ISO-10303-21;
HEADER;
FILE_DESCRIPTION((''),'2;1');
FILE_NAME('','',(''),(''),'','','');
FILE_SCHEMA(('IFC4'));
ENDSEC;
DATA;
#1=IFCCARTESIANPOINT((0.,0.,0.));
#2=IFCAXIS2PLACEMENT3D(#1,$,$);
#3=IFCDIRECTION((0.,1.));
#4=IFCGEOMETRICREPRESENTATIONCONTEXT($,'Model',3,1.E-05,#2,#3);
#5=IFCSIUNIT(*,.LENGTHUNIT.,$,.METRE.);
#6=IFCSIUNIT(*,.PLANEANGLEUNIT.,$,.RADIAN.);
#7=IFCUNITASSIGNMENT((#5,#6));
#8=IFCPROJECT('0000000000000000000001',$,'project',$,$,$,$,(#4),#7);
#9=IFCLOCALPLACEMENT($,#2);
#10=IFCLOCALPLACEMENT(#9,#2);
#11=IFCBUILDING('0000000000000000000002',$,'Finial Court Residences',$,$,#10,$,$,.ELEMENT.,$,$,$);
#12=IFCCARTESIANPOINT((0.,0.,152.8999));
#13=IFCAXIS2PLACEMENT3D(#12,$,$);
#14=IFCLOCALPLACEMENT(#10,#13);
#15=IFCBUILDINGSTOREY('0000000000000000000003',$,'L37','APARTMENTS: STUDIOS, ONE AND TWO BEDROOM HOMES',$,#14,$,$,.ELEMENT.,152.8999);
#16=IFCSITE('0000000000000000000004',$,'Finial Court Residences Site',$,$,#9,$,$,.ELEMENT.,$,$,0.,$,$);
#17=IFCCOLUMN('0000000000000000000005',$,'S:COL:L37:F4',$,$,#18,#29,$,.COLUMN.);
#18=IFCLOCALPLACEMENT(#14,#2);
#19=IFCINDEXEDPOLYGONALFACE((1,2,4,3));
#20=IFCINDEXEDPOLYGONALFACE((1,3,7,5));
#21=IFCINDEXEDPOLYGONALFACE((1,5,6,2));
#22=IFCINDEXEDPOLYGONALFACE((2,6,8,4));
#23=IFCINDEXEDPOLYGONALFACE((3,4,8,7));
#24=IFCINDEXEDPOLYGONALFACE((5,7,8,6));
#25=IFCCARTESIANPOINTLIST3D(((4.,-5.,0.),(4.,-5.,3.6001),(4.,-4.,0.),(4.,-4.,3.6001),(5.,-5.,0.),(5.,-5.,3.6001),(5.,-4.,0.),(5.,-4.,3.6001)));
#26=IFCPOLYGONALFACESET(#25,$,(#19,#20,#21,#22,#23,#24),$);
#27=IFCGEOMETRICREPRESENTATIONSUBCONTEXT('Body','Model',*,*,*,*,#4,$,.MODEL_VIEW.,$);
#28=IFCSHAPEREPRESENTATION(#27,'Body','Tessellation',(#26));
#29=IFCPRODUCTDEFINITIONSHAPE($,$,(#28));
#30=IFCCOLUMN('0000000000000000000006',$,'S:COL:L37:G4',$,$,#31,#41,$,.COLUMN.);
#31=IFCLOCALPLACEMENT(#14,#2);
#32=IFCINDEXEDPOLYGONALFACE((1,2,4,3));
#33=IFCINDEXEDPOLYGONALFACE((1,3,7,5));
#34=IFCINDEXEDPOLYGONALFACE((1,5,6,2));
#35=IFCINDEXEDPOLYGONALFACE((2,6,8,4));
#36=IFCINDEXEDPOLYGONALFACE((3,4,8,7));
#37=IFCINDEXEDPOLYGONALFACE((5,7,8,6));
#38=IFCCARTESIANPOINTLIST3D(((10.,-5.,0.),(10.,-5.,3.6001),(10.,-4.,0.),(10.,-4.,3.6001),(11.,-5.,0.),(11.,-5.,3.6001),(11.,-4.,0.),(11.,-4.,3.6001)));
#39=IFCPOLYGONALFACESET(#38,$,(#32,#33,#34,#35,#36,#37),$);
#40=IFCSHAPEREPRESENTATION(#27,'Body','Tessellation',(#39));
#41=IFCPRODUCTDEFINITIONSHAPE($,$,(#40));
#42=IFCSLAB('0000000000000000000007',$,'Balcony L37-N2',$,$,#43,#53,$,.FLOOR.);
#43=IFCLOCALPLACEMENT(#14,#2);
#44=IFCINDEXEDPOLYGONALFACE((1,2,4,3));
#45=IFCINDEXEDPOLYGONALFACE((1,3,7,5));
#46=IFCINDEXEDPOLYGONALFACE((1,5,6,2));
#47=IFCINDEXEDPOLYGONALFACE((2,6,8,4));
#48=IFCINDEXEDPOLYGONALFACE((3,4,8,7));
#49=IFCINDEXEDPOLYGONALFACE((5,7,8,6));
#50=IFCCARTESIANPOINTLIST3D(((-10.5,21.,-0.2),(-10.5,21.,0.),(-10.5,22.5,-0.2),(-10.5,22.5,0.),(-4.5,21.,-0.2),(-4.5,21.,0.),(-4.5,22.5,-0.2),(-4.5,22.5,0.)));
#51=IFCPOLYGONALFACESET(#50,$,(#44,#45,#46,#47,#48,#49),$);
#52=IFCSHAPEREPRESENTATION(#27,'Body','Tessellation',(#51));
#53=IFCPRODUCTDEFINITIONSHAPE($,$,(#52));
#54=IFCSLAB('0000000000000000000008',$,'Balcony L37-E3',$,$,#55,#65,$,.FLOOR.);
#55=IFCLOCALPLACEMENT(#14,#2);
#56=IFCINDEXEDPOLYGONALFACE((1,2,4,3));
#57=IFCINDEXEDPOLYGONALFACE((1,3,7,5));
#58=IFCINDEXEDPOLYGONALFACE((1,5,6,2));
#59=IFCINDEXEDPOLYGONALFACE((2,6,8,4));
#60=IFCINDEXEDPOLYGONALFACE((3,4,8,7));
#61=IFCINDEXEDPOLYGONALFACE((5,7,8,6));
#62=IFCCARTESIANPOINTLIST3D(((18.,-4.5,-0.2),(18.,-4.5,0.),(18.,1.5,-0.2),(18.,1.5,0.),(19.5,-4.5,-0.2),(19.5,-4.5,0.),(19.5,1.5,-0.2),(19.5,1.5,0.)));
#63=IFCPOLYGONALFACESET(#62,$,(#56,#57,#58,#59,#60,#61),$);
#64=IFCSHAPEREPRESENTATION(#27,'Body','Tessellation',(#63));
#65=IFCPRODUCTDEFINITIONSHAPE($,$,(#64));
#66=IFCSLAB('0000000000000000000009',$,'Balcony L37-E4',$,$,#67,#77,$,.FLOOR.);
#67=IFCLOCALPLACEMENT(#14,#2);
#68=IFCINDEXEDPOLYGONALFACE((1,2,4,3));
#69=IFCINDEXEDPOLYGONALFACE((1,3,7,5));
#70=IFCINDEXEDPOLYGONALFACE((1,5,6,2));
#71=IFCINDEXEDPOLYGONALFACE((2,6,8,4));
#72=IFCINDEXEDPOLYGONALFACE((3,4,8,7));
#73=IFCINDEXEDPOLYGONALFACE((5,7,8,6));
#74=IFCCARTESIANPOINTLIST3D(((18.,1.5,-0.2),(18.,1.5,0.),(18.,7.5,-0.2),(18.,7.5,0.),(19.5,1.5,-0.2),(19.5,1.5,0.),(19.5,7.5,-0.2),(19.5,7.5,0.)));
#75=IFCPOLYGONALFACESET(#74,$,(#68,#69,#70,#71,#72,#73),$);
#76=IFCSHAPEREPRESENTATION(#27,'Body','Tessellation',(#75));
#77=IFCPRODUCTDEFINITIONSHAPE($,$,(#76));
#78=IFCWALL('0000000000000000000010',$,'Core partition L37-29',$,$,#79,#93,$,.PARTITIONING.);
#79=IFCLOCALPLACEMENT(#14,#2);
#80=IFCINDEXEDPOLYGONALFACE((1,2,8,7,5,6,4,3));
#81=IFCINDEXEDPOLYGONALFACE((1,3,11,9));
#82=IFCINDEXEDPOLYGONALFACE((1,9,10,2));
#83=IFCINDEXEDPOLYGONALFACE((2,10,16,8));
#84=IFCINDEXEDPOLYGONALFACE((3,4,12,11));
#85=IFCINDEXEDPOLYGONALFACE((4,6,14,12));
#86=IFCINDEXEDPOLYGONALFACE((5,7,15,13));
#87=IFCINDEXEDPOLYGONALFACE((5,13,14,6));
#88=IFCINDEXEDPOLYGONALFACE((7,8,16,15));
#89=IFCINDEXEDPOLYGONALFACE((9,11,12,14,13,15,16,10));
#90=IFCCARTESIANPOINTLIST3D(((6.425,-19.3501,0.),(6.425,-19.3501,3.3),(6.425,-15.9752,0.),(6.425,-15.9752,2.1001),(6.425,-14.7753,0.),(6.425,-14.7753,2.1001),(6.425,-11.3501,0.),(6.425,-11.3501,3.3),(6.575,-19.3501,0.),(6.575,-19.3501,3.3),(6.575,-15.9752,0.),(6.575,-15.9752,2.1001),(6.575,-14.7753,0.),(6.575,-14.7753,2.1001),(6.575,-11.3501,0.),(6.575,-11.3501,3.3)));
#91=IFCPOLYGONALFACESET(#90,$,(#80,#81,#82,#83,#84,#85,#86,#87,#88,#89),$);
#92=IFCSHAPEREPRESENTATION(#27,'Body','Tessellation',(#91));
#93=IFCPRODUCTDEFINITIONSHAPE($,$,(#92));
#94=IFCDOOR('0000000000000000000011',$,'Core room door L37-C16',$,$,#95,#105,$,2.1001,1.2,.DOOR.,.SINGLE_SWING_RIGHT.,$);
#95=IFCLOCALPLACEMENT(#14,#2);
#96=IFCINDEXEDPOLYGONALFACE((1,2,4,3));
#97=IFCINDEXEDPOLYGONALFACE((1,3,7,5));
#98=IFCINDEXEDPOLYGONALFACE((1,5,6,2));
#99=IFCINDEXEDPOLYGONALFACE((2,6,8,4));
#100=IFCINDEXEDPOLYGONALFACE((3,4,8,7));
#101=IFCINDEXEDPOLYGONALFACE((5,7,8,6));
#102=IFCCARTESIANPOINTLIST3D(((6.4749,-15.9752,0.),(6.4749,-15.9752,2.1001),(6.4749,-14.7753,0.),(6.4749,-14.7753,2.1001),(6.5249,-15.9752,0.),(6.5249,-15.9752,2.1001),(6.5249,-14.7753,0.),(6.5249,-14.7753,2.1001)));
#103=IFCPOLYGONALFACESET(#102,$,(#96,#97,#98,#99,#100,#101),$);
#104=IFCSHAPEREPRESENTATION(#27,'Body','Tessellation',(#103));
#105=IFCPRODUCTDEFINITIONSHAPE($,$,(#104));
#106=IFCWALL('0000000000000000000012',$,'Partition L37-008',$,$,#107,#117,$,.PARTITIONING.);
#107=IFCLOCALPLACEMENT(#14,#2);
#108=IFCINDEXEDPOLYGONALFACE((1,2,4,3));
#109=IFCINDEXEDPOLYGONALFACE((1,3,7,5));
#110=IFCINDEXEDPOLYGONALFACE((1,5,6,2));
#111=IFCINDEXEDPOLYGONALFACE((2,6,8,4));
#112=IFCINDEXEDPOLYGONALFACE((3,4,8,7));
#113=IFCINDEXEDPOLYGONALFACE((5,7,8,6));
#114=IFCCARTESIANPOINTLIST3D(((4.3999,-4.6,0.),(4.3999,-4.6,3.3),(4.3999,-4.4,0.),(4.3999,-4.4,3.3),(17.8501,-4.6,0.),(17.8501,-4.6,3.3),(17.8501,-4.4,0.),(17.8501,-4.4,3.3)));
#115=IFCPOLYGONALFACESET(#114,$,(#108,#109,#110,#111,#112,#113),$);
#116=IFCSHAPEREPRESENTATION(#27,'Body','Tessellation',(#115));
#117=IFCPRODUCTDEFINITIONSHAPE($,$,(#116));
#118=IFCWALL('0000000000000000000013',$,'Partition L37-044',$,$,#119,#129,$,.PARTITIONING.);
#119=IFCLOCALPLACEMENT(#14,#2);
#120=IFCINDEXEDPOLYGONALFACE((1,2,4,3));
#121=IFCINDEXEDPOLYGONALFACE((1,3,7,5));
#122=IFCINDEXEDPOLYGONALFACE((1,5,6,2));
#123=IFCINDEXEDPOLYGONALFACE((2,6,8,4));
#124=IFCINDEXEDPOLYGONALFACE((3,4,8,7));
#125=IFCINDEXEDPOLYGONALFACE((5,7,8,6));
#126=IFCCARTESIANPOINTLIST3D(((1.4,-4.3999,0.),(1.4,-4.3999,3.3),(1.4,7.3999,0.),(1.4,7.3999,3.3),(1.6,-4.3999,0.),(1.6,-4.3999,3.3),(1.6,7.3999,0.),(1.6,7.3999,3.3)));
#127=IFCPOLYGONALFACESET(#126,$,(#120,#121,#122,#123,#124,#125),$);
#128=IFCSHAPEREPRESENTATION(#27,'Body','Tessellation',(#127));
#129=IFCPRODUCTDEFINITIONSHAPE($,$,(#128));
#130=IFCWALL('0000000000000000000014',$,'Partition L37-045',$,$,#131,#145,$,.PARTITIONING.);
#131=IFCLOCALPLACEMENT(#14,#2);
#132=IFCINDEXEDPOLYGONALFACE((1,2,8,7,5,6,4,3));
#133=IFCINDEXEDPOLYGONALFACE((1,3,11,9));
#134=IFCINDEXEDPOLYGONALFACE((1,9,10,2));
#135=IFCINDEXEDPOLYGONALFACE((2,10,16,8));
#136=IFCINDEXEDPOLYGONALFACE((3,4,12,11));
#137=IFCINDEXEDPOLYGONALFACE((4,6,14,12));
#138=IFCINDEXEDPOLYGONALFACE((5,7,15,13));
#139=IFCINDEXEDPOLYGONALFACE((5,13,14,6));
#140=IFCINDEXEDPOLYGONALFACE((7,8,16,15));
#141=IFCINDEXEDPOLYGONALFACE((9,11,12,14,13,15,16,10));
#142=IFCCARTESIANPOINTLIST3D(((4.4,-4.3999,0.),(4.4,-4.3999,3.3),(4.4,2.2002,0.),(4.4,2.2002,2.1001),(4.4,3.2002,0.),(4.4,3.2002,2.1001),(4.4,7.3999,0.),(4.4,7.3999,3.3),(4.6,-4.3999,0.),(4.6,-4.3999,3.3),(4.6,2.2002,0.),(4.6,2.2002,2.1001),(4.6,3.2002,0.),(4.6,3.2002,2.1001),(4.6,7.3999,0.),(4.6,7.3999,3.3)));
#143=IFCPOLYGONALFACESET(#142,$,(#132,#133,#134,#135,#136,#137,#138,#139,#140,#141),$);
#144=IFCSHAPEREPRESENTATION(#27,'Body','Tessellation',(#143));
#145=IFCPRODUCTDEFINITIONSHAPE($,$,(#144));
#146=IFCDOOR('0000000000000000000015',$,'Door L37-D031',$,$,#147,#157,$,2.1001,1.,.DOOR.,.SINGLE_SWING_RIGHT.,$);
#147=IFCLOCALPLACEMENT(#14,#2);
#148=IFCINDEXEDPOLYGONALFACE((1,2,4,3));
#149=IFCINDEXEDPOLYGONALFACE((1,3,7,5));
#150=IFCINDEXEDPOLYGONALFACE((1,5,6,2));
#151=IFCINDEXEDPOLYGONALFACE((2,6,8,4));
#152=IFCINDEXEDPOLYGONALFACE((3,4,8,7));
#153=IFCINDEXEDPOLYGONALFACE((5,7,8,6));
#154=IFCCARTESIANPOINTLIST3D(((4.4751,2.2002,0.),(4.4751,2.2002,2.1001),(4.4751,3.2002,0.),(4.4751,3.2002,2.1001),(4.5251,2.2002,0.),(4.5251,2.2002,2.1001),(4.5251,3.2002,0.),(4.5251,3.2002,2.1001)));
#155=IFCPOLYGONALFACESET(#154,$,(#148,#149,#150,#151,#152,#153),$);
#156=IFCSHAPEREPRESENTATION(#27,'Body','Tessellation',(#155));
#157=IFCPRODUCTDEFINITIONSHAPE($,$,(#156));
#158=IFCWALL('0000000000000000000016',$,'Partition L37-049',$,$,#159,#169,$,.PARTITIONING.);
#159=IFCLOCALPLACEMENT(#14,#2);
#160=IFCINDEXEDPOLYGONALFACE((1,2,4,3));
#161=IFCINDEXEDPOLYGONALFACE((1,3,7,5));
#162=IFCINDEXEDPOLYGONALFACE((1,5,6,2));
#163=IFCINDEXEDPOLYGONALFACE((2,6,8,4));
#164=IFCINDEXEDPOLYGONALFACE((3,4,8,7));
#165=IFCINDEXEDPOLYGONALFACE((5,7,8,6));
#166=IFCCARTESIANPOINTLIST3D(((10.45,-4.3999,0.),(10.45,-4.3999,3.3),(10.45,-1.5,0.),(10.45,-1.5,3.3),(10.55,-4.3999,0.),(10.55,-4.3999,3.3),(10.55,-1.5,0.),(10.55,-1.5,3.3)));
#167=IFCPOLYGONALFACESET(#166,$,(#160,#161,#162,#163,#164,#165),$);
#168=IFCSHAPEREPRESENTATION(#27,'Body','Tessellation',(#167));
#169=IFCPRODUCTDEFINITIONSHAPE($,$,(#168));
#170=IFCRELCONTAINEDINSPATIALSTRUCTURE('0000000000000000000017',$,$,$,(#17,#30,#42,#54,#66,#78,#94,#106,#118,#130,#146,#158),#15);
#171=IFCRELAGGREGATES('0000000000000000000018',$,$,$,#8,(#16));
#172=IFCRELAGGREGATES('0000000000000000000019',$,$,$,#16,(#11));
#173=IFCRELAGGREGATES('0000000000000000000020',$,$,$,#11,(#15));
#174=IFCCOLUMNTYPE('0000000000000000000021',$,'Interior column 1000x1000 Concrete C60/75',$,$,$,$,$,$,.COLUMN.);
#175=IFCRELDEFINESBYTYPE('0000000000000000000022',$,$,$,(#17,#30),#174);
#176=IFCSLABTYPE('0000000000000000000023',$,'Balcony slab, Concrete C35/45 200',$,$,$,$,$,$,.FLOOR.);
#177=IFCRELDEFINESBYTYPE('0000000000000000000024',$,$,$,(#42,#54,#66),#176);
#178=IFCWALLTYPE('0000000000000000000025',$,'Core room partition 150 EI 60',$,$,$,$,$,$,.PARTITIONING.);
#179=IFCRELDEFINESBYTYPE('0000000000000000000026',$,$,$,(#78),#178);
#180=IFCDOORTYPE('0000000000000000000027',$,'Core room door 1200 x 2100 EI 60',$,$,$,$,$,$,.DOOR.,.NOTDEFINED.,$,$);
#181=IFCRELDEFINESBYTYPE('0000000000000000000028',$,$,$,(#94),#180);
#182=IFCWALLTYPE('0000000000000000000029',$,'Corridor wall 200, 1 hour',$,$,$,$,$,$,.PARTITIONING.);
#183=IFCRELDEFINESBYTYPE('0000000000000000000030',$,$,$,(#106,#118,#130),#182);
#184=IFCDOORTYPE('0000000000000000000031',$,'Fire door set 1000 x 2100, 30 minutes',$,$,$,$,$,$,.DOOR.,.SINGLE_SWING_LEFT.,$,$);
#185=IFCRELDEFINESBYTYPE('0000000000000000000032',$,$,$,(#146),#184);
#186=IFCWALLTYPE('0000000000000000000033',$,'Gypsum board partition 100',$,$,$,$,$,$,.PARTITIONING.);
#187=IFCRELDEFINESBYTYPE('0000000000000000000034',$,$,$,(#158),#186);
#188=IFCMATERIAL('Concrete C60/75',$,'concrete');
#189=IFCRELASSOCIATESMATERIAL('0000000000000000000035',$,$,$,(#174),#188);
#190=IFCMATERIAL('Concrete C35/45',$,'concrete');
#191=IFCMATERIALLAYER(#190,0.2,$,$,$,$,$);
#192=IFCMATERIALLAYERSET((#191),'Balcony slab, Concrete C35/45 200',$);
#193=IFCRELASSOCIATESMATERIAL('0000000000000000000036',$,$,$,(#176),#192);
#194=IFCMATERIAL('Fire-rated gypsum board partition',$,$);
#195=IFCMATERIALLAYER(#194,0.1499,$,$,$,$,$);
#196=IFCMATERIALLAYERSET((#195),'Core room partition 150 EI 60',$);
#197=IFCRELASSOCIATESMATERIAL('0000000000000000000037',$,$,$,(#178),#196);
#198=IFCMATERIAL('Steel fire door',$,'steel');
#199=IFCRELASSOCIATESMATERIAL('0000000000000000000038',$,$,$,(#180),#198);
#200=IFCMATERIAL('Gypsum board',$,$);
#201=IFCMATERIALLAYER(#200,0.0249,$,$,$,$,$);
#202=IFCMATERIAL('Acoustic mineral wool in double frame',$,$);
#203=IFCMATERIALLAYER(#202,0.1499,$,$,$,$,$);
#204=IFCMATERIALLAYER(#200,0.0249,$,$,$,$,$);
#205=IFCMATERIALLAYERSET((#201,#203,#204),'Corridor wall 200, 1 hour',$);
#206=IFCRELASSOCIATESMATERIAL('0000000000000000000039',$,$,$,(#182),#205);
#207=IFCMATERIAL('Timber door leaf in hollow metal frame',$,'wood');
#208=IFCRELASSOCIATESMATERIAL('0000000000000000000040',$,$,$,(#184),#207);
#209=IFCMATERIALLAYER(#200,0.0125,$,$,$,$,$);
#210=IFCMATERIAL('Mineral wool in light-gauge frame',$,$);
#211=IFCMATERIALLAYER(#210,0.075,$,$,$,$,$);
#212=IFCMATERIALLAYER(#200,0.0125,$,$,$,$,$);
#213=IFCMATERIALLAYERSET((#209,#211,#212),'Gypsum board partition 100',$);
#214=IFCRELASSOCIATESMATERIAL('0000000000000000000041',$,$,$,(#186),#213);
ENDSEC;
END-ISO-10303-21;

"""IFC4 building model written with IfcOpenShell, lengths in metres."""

from ifc_helpers import new_model, si_unit, direction, frame, frame_2d, origin, origin_2d, place, context, subcontext, project, spatial, polyline, rectangle, outline, extrude, material, layer, layer_set, material_profile, profile_set, type_object, element, fill, save


model = new_model("IFC4")

# Units and contexts
model_context = context("Model", 3, precision=1e-05, world=origin(), true_north=direction((0.0, 1.0)))
body_context = subcontext(model_context, "Body", "Model", "MODEL_VIEW")
ifc_project = project(units=[si_unit("LENGTHUNIT", "METRE"), si_unit("PLANEANGLEUNIT", "RADIAN")], contexts=[model_context])

# Site, building, storey
site_placement = place(None, origin())
site = spatial("IfcSite", under=ifc_project, at=site_placement, Name="Finial Court Residences Site", CompositionType="ELEMENT", RefElevation=0.0)
building_placement = place(site_placement, origin())
building = spatial("IfcBuilding", under=site, at=building_placement, Name="Finial Court Residences", CompositionType="ELEMENT")
storey_placement = place(building_placement, frame((0.0, 0.0, 152.8999)))
storey = spatial("IfcBuildingStorey", under=building, at=storey_placement, Name="L37", Description="APARTMENTS: STUDIOS, ONE AND TWO BEDROOM HOMES", CompositionType="ELEMENT", Elevation=152.8999)

# Columns
ifc_material_1 = material(Name="Concrete C60/75", Category="concrete")
ifc_material_profile = material_profile(ifc_material_1, rectangle(XDim=1.0, YDim=1.0, at=origin_2d()), Name="1000x1000")
ifc_profile_set = profile_set([ifc_material_profile], Name="Concrete C60/75")
column_type = type_object("IfcColumnType", Name="Interior column 1000x1000 Concrete C60/75", PredefinedType="COLUMN", material=ifc_profile_set)
for number, where, z_axis, x_axis, name in (
    (1, (4.5, -4.5, 0.0), (0.0, 0.0, 1.0), (1.0, 0.0, 0.0), "S:COL:L37:F4"),
    (2, (10.5, -4.5, 0.0), (0.0, 0.0, 1.0), (1.0, 0.0, 0.0), "S:COL:L37:G4"),
):
    element("IfcColumn", number, at=place(storey_placement, frame(where, z_axis=z_axis, x_axis=x_axis)), inside=storey, type_object=column_type, Name=name, PredefinedType="COLUMN", context=body_context, shape_type="SweptSolid", body=[
        extrude(rectangle(XDim=1.0, YDim=1.0, at=origin_2d()), origin(), (0.0, 0.0, 1.0), 3.6001),
    ])

# Slabs
ifc_material_2 = material(Name="Concrete C35/45", Category="concrete")
ifc_layer_1 = layer(ifc_material_2, 0.2)
ifc_layer_set_1 = layer_set([ifc_layer_1], Name="Balcony slab, Concrete C35/45 200")
slab_type = type_object("IfcSlabType", Name="Balcony slab, Concrete C35/45 200", PredefinedType="FLOOR", material=ifc_layer_set_1)
slab_1_placement = place(storey_placement, frame((0.0, 0.0, -0.2)))
element("IfcSlab", 3, at=slab_1_placement, inside=storey, type_object=slab_type, Name="Balcony L37-N2", PredefinedType="FLOOR", context=body_context, shape_type="SweptSolid", body=[
    extrude(outline(polyline([(-4.5, 21.0), (-4.5, 22.5), (-10.5, 22.5), (-10.5, 21.0), (-4.5, 21.0)])), origin(), (0.0, 0.0, 1.0), 0.2),
])
slab_2_placement = place(storey_placement, frame((0.0, 0.0, -0.2)))
element("IfcSlab", 4, at=slab_2_placement, inside=storey, type_object=slab_type, Name="Balcony L37-E3", PredefinedType="FLOOR", context=body_context, shape_type="SweptSolid", body=[
    extrude(outline(polyline([(19.5, -4.5), (19.5, 1.5), (18.0, 1.5), (18.0, -4.5), (19.5, -4.5)])), origin(), (0.0, 0.0, 1.0), 0.2),
])
slab_3_placement = place(storey_placement, frame((0.0, 0.0, -0.2)))
element("IfcSlab", 5, at=slab_3_placement, inside=storey, type_object=slab_type, Name="Balcony L37-E4", PredefinedType="FLOOR", context=body_context, shape_type="SweptSolid", body=[
    extrude(outline(polyline([(19.5, 1.5), (19.5, 7.5), (18.0, 7.5), (18.0, 1.5), (19.5, 1.5)])), origin(), (0.0, 0.0, 1.0), 0.2),
])

# Wall, opening, door
ifc_material_3 = material(Name="Fire-rated gypsum board partition")
ifc_layer_2 = layer(ifc_material_3, 0.1499)
ifc_layer_set_2 = layer_set([ifc_layer_2], Name="Core room partition 150 EI 60")
wall_type_1 = type_object("IfcWallType", Name="Core room partition 150 EI 60", PredefinedType="PARTITIONING", material=ifc_layer_set_2)
wall_1_placement = place(storey_placement, frame((6.5, -11.3501, 0.0), z_axis=(0.0, 0.0, 1.0), x_axis=(0.0, -1.0, 0.0)))
wall_1 = element("IfcWall", 6, at=wall_1_placement, inside=storey, type_object=wall_type_1, Name="Core partition L37-29", PredefinedType="PARTITIONING", context=body_context, shape_type="SweptSolid", body=[
    extrude(rectangle(XDim=8.0, YDim=0.1499, at=frame_2d((4.0, 0.0))), origin(), (0.0, 0.0, 1.0), 3.3),
])
opening_1_placement = place(wall_1_placement, frame((3.425, 0.0, 0.0)))
opening_1 = element("IfcOpeningElement", 7, at=opening_1_placement, cuts=wall_1, PredefinedType="OPENING", context=body_context, shape_type="SweptSolid", body=[
    extrude(rectangle(XDim=1.2, YDim=2.1001, at=frame_2d((0.6001, 1.05))), frame((0.0, 0.085, 0.0), z_axis=(0.0, -1.0, 0.0), x_axis=(1.0, 0.0, 0.0)), (0.0, 0.0, 1.0), 0.1699),
])
ifc_material_4 = material(Name="Steel fire door", Category="steel")
door_type_1 = type_object("IfcDoorType", Name="Core room door 1200 x 2100 EI 60", OperationType="NOTDEFINED", PredefinedType="DOOR", material=ifc_material_4)
door_1_placement = place(opening_1_placement, origin())
door_1 = element("IfcDoor", 8, at=door_1_placement, inside=storey, type_object=door_type_1, Name="Core room door L37-C16", OperationType="SINGLE_SWING_RIGHT", OverallHeight=2.1001, OverallWidth=1.2, PredefinedType="DOOR", context=body_context, shape_type="SweptSolid", body=[
    extrude(rectangle(XDim=1.2, YDim=2.1001, at=frame_2d((0.6001, 1.05))), frame((0.0, 0.0249, 0.0), z_axis=(0.0, -1.0, 0.0), x_axis=(1.0, 0.0, 0.0)), (0.0, 0.0, 1.0), 0.05),
])
fill(opening_1, door_1)

# Walls
ifc_material_5 = material(Name="Gypsum board")
ifc_layer_3 = layer(ifc_material_5, 0.0249)
ifc_material_6 = material(Name="Acoustic mineral wool in double frame")
ifc_layer_4 = layer(ifc_material_6, 0.1499)
ifc_layer_5 = layer(ifc_material_5, 0.0249)
ifc_layer_set_3 = layer_set([ifc_layer_3, ifc_layer_4, ifc_layer_5], Name="Corridor wall 200, 1 hour")
wall_type_2 = type_object("IfcWallType", Name="Corridor wall 200, 1 hour", PredefinedType="PARTITIONING", material=ifc_layer_set_3)
wall_2_placement = place(storey_placement, frame((4.3999, -4.5, 0.0), z_axis=(0.0, 0.0, 1.0), x_axis=(1.0, 0.0, 0.0)))
element("IfcWall", 9, at=wall_2_placement, inside=storey, type_object=wall_type_2, Name="Partition L37-008", PredefinedType="PARTITIONING", context=body_context, shape_type="SweptSolid", body=[
    extrude(rectangle(XDim=13.4502, YDim=0.2, at=frame_2d((6.7251, 0.0))), origin(), (0.0, 0.0, 1.0), 3.3),
])
wall_3_placement = place(storey_placement, frame((1.5, -4.3999, 0.0), z_axis=(0.0, 0.0, 1.0), x_axis=(0.0, 1.0, 0.0)))
element("IfcWall", 10, at=wall_3_placement, inside=storey, type_object=wall_type_2, Name="Partition L37-044", PredefinedType="PARTITIONING", context=body_context, shape_type="SweptSolid", body=[
    extrude(rectangle(XDim=11.7998, YDim=0.2, at=frame_2d((5.8999, 0.0))), origin(), (0.0, 0.0, 1.0), 3.3),
])

# Wall, opening, door
wall_4_placement = place(storey_placement, frame((4.5, -4.3999, 0.0), z_axis=(0.0, 0.0, 1.0), x_axis=(0.0, 1.0, 0.0)))
wall_4 = element("IfcWall", 11, at=wall_4_placement, inside=storey, type_object=wall_type_2, Name="Partition L37-045", PredefinedType="PARTITIONING", context=body_context, shape_type="SweptSolid", body=[
    extrude(rectangle(XDim=11.7998, YDim=0.2, at=frame_2d((5.8999, 0.0))), origin(), (0.0, 0.0, 1.0), 3.3),
])
opening_2_placement = place(wall_4_placement, frame((6.6001, 0.0, 0.0)))
opening_2 = element("IfcOpeningElement", 12, at=opening_2_placement, cuts=wall_4, PredefinedType="OPENING", context=body_context, shape_type="SweptSolid", body=[
    extrude(rectangle(XDim=1.0, YDim=2.1001, at=frame_2d((0.5, 1.05))), frame((0.0, 0.1099, 0.0), z_axis=(0.0, -1.0, 0.0), x_axis=(1.0, 0.0, 0.0)), (0.0, 0.0, 1.0), 0.22),
])
ifc_material_7 = material(Name="Timber door leaf in hollow metal frame", Category="wood")
door_type_2 = type_object("IfcDoorType", Name="Fire door set 1000 x 2100, 30 minutes", OperationType="SINGLE_SWING_LEFT", PredefinedType="DOOR", material=ifc_material_7)
door_2_placement = place(opening_2_placement, origin())
door_2 = element("IfcDoor", 13, at=door_2_placement, inside=storey, type_object=door_type_2, Name="Door L37-D031", OperationType="SINGLE_SWING_RIGHT", OverallHeight=2.1001, OverallWidth=1.0, PredefinedType="DOOR", context=body_context, shape_type="SweptSolid", body=[
    extrude(rectangle(XDim=1.0, YDim=2.1001, at=frame_2d((0.5, 1.05))), frame((0.0, 0.0249, 0.0), z_axis=(0.0, -1.0, 0.0), x_axis=(1.0, 0.0, 0.0)), (0.0, 0.0, 1.0), 0.05),
])
fill(opening_2, door_2)

# Wall
ifc_layer_6 = layer(ifc_material_5, 0.0125)
ifc_material_8 = material(Name="Mineral wool in light-gauge frame")
ifc_layer_7 = layer(ifc_material_8, 0.075)
ifc_layer_8 = layer(ifc_material_5, 0.0125)
ifc_layer_set_4 = layer_set([ifc_layer_6, ifc_layer_7, ifc_layer_8], Name="Gypsum board partition 100")
wall_type_3 = type_object("IfcWallType", Name="Gypsum board partition 100", PredefinedType="PARTITIONING", material=ifc_layer_set_4)
wall_5_placement = place(storey_placement, frame((10.5, -4.3999, 0.0), z_axis=(0.0, 0.0, 1.0), x_axis=(0.0, 1.0, 0.0)))
element("IfcWall", 14, at=wall_5_placement, inside=storey, type_object=wall_type_3, Name="Partition L37-049", PredefinedType="PARTITIONING", context=body_context, shape_type="SweptSolid", body=[
    extrude(rectangle(XDim=2.8999, YDim=0.1001, at=frame_2d((1.45, 0.0))), origin(), (0.0, 0.0, 1.0), 3.3),
])

save(model, "model.ifc")
